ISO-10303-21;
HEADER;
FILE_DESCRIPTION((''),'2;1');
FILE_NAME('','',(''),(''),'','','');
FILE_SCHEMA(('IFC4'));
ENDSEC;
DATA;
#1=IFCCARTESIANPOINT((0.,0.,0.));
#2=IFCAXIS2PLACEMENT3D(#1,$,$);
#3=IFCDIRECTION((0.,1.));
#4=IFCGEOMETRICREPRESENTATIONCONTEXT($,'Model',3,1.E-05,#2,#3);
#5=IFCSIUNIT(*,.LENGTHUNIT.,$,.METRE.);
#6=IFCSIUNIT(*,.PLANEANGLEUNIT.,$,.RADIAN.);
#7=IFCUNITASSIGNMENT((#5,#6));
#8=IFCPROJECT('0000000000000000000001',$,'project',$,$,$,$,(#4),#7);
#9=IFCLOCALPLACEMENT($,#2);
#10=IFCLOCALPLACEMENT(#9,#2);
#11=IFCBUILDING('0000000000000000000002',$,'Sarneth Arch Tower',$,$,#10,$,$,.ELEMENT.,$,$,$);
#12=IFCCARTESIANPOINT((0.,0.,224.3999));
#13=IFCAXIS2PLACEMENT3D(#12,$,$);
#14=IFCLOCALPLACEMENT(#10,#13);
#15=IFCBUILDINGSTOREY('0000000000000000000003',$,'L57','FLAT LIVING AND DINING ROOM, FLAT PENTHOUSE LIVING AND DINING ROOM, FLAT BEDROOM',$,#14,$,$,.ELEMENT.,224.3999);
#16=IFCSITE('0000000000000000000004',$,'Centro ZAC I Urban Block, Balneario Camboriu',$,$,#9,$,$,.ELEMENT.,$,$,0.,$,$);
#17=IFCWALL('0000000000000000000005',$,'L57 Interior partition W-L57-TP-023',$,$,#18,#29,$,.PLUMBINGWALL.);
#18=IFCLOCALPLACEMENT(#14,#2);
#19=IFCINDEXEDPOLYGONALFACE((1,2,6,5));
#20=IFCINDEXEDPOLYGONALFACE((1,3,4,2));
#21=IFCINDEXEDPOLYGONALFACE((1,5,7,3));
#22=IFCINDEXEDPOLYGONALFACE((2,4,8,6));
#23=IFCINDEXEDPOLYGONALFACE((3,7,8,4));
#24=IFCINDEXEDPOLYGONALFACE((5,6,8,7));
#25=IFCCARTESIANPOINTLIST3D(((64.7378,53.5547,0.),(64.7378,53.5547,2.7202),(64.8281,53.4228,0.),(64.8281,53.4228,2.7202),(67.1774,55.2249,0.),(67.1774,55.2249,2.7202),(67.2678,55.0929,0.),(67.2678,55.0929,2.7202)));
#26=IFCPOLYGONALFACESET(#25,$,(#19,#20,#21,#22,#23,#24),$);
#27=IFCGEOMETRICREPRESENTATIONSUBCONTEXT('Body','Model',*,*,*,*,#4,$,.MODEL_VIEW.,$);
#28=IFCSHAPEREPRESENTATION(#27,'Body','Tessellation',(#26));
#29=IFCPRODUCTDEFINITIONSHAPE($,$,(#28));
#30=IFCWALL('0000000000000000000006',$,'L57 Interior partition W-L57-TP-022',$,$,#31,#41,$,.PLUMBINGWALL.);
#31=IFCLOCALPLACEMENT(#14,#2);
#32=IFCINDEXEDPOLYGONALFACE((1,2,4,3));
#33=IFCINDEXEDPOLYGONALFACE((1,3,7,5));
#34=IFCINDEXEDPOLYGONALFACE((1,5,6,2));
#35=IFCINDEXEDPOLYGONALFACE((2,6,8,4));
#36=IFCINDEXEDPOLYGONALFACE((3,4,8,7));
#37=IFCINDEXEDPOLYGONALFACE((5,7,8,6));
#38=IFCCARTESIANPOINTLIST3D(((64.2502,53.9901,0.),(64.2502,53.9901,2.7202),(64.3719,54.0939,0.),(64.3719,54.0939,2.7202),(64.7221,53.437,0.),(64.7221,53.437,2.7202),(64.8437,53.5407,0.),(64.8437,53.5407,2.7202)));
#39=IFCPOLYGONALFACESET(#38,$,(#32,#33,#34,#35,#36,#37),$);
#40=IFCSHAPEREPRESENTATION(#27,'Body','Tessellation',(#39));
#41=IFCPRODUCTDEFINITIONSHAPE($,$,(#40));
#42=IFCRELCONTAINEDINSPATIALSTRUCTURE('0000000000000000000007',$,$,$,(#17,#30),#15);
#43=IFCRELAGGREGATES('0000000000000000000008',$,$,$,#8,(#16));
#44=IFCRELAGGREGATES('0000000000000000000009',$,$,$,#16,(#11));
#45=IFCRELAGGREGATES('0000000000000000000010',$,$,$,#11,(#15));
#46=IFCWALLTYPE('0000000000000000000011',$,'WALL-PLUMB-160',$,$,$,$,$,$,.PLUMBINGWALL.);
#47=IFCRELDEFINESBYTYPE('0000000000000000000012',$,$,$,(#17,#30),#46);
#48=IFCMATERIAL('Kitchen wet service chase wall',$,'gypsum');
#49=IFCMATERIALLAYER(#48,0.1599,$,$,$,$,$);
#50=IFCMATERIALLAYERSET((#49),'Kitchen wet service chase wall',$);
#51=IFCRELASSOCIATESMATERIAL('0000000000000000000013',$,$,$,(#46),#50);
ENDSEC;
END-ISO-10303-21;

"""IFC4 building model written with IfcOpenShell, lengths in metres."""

from ifc_helpers import new_model, si_unit, direction, frame, frame_2d, origin, place, context, subcontext, project, spatial, rectangle, extrude, material, layer, layer_set, type_object, element, save


model = new_model("IFC4")

# Units and contexts
model_context = context("Model", 3, precision=1e-05, world=origin(), true_north=direction((0.0, 1.0)))
body_context = subcontext(model_context, "Body", "Model", "MODEL_VIEW")
ifc_project = project(units=[si_unit("LENGTHUNIT", "METRE"), si_unit("PLANEANGLEUNIT", "RADIAN")], contexts=[model_context])

# Site, building, storey
site_placement = place(None, origin())
site = spatial("IfcSite", under=ifc_project, at=site_placement, Name="Centro ZAC I Urban Block, Balneario Camboriu", CompositionType="ELEMENT", RefElevation=0.0)
building_placement = place(site_placement, origin())
building = spatial("IfcBuilding", under=site, at=building_placement, Name="Sarneth Arch Tower", CompositionType="ELEMENT")
storey_placement = place(building_placement, frame((0.0, 0.0, 224.3999)))
storey = spatial("IfcBuildingStorey", under=building, at=storey_placement, Name="L57", Description="FLAT LIVING AND DINING ROOM, FLAT PENTHOUSE LIVING AND DINING ROOM, FLAT BEDROOM", CompositionType="ELEMENT", Elevation=224.3999)

# Walls
ifc_material_1 = material(Name="Kitchen wet service chase wall", Category="gypsum")
ifc_layer_1 = layer(ifc_material_1, 0.1599)
ifc_layer_set_1 = layer_set([ifc_layer_1], Name="Kitchen wet service chase wall")
wall_type_1 = type_object("IfcWallType", Name="WALL-PLUMB-160", PredefinedType="PLUMBINGWALL", material=ifc_layer_set_1)
wall_1_placement = place(storey_placement, frame((64.783, 53.4888, 0.0), z_axis=(0.0, 0.0, 1.0), x_axis=(0.825165, 0.564891, 0.0)))
element("IfcWall", 1, at=wall_1_placement, inside=storey, type_object=wall_type_1, Name="L57 Interior partition W-L57-TP-023", PredefinedType="PLUMBINGWALL", context=body_context, shape_type="SweptSolid", body=[
    extrude(rectangle(XDim=2.9565, YDim=0.1599, at=frame_2d((1.4783, 0.0))), origin(), (0.0, 0.0, 1.0), 2.7202),
])
wall_2_placement = place(storey_placement, frame((64.311, 54.042, 0.0), z_axis=(0.0, 0.0, 1.0), x_axis=(0.648992, -0.760795, 0.0)))
element("IfcWall", 2, at=wall_2_placement, inside=storey, type_object=wall_type_1, Name="L57 Interior partition W-L57-TP-022", PredefinedType="PLUMBINGWALL", context=body_context, shape_type="SweptSolid", body=[
    extrude(rectangle(XDim=0.7271, YDim=0.1599, at=frame_2d((0.3635, 0.0))), origin(), (0.0, 0.0, 1.0), 2.7202),
])

save(model, "model.ifc")
